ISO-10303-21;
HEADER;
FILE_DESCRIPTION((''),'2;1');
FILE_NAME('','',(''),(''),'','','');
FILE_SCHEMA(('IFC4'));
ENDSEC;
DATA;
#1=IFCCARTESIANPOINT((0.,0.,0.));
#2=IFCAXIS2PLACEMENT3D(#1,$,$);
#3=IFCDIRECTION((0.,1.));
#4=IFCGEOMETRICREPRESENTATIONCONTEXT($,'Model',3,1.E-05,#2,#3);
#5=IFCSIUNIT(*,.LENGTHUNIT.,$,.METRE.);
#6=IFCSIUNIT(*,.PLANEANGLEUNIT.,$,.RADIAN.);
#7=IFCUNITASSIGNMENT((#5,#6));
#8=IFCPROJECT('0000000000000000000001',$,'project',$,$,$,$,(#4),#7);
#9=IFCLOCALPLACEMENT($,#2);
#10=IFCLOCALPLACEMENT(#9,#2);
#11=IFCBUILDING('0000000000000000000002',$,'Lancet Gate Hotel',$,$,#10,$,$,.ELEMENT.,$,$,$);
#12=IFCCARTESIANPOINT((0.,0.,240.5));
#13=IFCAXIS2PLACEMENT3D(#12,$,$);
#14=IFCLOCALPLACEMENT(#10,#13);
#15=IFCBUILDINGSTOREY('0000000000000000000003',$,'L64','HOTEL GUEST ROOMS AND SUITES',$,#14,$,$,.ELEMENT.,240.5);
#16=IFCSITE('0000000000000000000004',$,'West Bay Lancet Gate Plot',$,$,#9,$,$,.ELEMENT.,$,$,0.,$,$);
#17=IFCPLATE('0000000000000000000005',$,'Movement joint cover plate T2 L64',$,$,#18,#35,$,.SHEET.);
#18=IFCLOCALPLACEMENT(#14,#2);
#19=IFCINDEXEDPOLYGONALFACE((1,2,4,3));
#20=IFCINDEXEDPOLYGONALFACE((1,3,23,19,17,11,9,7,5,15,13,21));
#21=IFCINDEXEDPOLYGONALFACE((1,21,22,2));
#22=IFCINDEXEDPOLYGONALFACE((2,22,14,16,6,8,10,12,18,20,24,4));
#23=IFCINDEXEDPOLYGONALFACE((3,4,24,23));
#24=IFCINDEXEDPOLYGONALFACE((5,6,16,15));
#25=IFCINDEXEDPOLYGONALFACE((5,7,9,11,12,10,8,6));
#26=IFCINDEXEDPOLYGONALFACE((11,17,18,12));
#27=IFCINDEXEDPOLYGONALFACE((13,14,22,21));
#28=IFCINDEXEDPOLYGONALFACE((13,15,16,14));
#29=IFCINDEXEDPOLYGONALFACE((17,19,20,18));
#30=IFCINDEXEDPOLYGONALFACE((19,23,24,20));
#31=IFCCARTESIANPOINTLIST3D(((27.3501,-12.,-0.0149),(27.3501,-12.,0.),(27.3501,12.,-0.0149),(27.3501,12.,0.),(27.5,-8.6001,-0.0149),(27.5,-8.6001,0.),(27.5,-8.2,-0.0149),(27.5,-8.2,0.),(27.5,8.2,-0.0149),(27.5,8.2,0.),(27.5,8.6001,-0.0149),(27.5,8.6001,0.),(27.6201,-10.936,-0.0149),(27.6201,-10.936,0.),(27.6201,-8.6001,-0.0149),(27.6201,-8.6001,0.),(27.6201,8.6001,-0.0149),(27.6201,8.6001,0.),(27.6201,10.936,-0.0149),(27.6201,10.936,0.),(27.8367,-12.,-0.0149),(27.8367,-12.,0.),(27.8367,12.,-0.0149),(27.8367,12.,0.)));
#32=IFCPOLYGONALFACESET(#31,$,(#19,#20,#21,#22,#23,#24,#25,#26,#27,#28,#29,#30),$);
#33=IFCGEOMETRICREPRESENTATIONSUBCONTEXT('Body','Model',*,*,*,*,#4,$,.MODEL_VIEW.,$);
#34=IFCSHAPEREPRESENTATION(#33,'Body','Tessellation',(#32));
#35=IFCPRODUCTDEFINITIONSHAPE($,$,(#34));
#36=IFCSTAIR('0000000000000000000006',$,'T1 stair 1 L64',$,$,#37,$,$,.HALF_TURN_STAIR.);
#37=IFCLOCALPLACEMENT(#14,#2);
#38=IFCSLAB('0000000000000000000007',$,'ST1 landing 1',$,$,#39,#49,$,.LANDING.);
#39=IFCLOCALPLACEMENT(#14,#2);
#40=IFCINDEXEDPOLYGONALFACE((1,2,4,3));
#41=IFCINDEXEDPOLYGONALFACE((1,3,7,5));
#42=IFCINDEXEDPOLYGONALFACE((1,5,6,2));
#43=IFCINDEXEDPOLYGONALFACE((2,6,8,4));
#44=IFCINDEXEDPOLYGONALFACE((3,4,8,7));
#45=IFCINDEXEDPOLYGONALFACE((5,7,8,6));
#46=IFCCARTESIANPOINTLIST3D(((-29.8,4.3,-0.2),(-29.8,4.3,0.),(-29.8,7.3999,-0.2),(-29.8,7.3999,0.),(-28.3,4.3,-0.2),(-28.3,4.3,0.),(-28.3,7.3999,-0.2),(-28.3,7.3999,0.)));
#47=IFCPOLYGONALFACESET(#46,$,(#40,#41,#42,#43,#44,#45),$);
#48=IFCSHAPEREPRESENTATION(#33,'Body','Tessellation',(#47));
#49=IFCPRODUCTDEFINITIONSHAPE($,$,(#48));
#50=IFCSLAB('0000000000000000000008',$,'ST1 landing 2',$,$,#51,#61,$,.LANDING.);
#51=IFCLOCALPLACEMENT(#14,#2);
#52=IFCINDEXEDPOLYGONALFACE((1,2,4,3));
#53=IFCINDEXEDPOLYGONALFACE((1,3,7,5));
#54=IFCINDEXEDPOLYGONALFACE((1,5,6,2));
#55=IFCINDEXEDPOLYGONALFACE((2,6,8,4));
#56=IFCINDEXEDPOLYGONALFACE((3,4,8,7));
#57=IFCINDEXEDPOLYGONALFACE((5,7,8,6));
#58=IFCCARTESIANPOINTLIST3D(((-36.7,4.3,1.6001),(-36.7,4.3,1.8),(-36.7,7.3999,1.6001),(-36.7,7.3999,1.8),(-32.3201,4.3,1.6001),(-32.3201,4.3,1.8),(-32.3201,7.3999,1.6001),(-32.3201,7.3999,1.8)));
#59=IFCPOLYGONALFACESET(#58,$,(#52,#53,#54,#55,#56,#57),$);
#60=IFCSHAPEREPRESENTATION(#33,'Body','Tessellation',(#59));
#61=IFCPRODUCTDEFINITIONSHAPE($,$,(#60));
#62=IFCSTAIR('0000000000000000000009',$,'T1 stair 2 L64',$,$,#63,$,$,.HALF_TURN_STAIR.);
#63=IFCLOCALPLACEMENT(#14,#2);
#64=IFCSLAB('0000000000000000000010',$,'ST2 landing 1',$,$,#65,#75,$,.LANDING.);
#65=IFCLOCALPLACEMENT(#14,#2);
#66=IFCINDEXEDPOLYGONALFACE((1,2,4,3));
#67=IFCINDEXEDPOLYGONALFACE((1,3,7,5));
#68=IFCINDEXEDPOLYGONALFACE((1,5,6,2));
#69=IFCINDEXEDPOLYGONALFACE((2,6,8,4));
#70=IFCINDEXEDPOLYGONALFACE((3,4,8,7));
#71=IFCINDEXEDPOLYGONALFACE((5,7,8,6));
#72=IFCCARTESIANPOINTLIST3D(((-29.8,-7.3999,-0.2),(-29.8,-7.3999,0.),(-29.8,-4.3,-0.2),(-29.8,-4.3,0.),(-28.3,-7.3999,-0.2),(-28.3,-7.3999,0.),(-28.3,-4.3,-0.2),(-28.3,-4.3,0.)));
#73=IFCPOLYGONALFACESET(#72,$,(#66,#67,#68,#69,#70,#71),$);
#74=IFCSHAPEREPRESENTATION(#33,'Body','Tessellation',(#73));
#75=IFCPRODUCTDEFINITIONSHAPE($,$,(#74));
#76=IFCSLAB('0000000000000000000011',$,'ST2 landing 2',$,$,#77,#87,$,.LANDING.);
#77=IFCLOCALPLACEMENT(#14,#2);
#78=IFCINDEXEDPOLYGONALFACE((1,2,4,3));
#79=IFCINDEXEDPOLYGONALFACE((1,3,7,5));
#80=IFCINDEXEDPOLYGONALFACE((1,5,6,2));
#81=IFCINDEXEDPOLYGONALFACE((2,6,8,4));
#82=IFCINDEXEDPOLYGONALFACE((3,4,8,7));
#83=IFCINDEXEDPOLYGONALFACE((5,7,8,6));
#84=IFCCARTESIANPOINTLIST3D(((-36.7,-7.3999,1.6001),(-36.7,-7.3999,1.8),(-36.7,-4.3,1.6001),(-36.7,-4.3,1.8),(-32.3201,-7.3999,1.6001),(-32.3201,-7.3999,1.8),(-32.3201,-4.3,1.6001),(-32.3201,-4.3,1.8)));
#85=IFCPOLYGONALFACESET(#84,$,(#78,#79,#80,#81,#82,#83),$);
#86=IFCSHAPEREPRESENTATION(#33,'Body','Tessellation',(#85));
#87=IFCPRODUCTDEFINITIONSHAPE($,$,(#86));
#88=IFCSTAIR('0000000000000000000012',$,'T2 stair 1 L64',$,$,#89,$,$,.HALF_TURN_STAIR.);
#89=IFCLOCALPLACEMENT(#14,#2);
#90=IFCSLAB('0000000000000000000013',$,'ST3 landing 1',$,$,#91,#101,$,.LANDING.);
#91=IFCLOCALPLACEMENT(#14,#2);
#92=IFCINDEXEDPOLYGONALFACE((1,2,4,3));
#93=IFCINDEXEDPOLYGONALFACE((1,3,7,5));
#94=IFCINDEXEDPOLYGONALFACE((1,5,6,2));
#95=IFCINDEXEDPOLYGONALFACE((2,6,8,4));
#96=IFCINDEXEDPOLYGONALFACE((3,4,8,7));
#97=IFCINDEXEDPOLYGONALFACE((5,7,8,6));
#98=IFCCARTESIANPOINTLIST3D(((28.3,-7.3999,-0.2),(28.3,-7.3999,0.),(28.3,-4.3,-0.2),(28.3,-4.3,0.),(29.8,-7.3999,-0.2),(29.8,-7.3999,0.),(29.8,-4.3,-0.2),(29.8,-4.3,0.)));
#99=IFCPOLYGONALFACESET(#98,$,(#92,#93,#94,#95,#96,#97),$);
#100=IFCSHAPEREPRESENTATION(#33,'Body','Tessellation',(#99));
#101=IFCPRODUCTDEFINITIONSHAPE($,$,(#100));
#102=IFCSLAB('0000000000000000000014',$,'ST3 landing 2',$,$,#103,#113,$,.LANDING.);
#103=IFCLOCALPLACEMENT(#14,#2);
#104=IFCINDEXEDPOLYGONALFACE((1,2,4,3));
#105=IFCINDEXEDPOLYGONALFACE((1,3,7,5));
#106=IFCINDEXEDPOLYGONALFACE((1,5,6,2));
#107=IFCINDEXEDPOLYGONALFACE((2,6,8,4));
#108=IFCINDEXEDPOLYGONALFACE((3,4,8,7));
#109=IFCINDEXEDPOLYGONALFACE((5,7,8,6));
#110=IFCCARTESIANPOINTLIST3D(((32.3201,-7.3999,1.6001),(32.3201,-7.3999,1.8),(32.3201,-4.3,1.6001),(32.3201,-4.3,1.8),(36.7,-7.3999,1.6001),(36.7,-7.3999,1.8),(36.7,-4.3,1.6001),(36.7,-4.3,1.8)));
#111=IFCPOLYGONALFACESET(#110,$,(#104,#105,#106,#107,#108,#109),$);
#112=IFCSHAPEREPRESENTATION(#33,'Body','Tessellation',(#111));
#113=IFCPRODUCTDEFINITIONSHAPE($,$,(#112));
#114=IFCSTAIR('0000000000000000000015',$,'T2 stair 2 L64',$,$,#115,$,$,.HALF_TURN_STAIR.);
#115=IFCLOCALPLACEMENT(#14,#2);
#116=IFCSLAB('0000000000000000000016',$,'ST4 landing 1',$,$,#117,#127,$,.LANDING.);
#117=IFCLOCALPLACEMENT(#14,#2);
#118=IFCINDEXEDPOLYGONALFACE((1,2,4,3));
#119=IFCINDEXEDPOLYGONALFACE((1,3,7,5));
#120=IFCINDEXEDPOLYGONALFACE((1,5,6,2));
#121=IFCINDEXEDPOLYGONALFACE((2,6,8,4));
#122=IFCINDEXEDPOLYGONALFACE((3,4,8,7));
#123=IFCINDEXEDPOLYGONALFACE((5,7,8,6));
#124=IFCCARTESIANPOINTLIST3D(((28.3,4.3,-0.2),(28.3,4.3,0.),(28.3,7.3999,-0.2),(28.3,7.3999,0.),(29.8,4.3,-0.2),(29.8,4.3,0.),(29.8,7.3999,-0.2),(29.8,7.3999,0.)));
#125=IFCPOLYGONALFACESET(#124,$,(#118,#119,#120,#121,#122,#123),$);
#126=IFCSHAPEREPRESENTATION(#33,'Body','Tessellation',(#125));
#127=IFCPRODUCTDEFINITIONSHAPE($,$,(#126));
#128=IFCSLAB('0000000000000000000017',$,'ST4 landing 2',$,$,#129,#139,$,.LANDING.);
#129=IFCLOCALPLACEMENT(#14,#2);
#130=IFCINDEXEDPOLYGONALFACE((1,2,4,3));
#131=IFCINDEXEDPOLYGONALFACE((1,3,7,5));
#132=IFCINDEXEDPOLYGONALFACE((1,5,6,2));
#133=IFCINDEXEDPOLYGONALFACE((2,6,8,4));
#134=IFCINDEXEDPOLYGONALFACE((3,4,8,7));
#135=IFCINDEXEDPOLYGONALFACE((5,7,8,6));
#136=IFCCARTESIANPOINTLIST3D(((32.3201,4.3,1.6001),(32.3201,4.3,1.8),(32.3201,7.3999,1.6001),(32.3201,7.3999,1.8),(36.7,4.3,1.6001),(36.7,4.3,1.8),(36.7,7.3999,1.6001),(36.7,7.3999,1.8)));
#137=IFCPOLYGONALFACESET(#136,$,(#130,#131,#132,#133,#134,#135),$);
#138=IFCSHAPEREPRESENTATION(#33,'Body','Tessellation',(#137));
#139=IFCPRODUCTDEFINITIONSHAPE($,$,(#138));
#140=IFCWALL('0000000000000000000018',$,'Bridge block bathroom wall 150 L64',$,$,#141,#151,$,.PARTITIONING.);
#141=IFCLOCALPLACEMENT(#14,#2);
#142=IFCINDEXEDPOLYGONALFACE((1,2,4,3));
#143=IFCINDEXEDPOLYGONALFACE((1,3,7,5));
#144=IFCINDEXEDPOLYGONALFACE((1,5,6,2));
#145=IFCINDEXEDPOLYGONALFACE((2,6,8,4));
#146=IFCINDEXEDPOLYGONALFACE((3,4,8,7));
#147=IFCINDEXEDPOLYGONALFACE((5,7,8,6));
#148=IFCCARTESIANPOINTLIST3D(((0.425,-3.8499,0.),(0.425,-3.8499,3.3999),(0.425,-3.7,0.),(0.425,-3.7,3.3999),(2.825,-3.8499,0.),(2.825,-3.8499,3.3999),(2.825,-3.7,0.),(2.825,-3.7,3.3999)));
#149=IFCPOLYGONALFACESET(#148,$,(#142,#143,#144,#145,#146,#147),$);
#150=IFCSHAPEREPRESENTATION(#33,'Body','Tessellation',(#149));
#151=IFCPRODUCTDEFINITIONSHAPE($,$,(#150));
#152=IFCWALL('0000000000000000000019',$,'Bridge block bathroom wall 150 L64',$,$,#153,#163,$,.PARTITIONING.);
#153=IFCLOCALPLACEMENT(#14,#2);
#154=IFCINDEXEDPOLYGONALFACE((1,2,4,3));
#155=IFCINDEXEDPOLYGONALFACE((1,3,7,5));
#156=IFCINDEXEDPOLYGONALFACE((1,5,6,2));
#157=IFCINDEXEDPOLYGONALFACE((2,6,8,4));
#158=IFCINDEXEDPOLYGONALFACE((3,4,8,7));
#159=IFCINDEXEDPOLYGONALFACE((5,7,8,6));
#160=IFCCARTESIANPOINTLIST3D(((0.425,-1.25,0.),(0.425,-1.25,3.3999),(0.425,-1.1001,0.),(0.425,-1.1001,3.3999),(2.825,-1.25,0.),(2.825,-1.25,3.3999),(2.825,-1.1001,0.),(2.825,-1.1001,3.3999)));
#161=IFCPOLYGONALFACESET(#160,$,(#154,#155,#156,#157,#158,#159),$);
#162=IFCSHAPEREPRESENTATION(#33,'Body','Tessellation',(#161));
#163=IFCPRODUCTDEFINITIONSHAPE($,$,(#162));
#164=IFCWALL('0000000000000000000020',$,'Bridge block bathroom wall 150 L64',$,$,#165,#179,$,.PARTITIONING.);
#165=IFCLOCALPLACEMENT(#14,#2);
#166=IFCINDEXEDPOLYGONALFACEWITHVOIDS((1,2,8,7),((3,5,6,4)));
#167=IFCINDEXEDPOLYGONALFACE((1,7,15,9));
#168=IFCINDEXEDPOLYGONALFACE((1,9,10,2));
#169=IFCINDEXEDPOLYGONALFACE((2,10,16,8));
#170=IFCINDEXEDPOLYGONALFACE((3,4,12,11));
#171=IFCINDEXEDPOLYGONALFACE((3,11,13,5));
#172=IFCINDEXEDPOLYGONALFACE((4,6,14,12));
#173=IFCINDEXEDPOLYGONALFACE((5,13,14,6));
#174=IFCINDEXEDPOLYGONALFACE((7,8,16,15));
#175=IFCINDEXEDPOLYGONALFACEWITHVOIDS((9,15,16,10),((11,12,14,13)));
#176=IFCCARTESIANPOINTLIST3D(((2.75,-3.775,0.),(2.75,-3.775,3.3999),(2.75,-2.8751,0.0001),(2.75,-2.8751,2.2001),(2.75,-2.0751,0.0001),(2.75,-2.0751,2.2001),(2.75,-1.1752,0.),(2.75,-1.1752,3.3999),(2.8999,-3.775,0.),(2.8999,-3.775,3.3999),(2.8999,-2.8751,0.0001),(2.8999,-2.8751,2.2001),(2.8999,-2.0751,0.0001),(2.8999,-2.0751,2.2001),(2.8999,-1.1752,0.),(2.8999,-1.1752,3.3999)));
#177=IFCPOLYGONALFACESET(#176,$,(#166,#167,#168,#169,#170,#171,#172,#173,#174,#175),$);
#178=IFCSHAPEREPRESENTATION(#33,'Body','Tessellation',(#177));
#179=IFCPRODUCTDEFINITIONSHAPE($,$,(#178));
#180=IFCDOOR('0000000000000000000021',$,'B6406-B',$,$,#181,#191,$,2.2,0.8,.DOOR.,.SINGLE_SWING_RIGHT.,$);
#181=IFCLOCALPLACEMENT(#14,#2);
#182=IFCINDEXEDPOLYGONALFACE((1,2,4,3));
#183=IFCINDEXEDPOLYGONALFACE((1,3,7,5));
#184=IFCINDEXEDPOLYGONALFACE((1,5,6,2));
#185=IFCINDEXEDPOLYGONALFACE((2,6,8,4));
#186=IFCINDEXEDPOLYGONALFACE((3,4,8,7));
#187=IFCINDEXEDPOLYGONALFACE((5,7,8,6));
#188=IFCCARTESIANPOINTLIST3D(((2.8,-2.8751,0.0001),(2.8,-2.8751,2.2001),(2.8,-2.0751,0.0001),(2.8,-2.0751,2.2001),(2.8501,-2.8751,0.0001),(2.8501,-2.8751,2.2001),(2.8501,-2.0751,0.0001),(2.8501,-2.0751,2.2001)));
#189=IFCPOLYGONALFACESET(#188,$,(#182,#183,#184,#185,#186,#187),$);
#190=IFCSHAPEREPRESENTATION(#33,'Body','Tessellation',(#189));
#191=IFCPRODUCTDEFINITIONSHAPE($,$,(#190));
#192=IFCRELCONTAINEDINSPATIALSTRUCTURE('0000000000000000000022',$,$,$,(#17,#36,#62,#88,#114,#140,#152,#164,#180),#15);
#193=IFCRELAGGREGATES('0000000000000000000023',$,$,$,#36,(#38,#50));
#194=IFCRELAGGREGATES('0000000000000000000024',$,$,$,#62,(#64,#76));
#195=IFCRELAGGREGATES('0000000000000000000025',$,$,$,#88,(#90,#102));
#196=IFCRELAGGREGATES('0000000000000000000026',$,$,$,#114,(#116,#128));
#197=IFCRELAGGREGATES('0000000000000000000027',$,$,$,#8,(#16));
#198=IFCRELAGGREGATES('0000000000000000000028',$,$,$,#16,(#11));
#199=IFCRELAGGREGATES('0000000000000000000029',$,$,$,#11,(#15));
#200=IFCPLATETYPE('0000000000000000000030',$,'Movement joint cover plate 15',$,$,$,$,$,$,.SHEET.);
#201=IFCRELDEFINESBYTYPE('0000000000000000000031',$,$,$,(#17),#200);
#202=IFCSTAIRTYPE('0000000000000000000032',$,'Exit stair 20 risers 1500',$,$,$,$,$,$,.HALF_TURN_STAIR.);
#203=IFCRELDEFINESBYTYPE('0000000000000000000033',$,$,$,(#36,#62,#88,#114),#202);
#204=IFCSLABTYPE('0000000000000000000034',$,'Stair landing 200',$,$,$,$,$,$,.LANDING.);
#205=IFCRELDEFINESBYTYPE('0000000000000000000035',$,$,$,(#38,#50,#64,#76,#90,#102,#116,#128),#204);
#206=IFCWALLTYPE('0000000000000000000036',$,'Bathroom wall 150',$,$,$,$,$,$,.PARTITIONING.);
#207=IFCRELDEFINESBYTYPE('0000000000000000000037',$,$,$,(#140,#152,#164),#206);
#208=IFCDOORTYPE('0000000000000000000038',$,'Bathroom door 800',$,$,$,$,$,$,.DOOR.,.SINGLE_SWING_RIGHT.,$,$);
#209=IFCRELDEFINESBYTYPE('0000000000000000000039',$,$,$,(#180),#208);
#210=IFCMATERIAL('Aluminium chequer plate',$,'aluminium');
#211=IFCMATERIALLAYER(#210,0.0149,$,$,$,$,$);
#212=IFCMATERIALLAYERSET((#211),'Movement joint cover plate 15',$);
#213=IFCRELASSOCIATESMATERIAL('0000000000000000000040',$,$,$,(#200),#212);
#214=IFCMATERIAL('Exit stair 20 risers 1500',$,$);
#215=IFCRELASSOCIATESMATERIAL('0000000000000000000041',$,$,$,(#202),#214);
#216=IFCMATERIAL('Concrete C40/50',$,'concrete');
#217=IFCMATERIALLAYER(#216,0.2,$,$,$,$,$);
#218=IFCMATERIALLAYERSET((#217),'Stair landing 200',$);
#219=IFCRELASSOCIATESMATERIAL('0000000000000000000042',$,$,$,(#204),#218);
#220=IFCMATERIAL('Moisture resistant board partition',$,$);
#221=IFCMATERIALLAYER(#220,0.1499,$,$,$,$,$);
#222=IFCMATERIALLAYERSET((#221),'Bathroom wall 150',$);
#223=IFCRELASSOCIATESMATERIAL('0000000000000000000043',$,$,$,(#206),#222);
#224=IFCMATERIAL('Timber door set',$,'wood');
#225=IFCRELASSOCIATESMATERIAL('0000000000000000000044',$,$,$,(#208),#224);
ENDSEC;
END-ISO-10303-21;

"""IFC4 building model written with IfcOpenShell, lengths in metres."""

from ifc_helpers import new_model, si_unit, direction, frame, frame_2d, origin, place, context, subcontext, project, spatial, polyline, rectangle, outline, extrude, material, layer, layer_set, type_object, element, fill, aggregate, save


model = new_model("IFC4")

# Units and contexts
model_context = context("Model", 3, precision=1e-05, world=origin(), true_north=direction((0.0, 1.0)))
body_context = subcontext(model_context, "Body", "Model", "MODEL_VIEW")
ifc_project = project(units=[si_unit("LENGTHUNIT", "METRE"), si_unit("PLANEANGLEUNIT", "RADIAN")], contexts=[model_context])

# Site, building, storey
site_placement = place(None, origin())
site = spatial("IfcSite", under=ifc_project, at=site_placement, Name="West Bay Lancet Gate Plot", CompositionType="ELEMENT", RefElevation=0.0)
building_placement = place(site_placement, origin())
building = spatial("IfcBuilding", under=site, at=building_placement, Name="Lancet Gate Hotel", CompositionType="ELEMENT")
storey_placement = place(building_placement, frame((0.0, 0.0, 240.5)))
storey = spatial("IfcBuildingStorey", under=building, at=storey_placement, Name="L64", Description="HOTEL GUEST ROOMS AND SUITES", CompositionType="ELEMENT", Elevation=240.5)

# Plate
ifc_material_1 = material(Name="Aluminium chequer plate", Category="aluminium")
ifc_layer_1 = layer(ifc_material_1, 0.0149)
ifc_layer_set_1 = layer_set([ifc_layer_1], Name="Movement joint cover plate 15")
plate_type_1 = type_object("IfcPlateType", Name="Movement joint cover plate 15", PredefinedType="SHEET", material=ifc_layer_set_1)
plate_1_placement = place(storey_placement, frame((0.0, 0.0, -0.0149)))
element("IfcPlate", 1, at=plate_1_placement, inside=storey, type_object=plate_type_1, Name="Movement joint cover plate T2 L64", PredefinedType="SHEET", context=body_context, shape_type="SweptSolid", body=[
    extrude(outline(polyline([(27.3501, -12.0), (27.8367, -12.0), (27.6201, -10.936), (27.6201, -8.6001), (27.5, -8.6001), (27.5, -8.2), (27.5, 8.2), (27.5, 8.6001), (27.6201, 8.6001), (27.6201, 10.936), (27.8367, 12.0), (27.3501, 12.0), (27.3501, -12.0)])), origin(), (0.0, 0.0, 1.0), 0.0149),
])

# Stairs, slabs
ifc_material_2 = material(Name="Exit stair 20 risers 1500")
stair_type = type_object("IfcStairType", Name="Exit stair 20 risers 1500", PredefinedType="HALF_TURN_STAIR", material=ifc_material_2)
stair_1_placement = place(storey_placement, origin())
stair_1 = element("IfcStair", 2, at=stair_1_placement, inside=storey, type_object=stair_type, Name="T1 stair 1 L64", PredefinedType="HALF_TURN_STAIR")
ifc_material_3 = material(Name="Concrete C40/50", Category="concrete")
ifc_layer_2 = layer(ifc_material_3, 0.2)
ifc_layer_set_2 = layer_set([ifc_layer_2], Name="Stair landing 200")
slab_type = type_object("IfcSlabType", Name="Stair landing 200", PredefinedType="LANDING", material=ifc_layer_set_2)
slab_1_placement = place(storey_placement, frame((0.0, 0.0, -0.2)))
slab_1 = element("IfcSlab", 3, at=slab_1_placement, type_object=slab_type, Name="ST1 landing 1", PredefinedType="LANDING", context=body_context, shape_type="SweptSolid", body=[
    extrude(outline(polyline([(-28.3, 7.3999), (-29.8, 7.3999), (-29.8, 4.3), (-28.3, 4.3), (-28.3, 7.3999)])), origin(), (0.0, 0.0, 1.0), 0.2),
])
slab_2_placement = place(storey_placement, frame((0.0, 0.0, 1.6001)))
slab_2 = element("IfcSlab", 4, at=slab_2_placement, type_object=slab_type, Name="ST1 landing 2", PredefinedType="LANDING", context=body_context, shape_type="SweptSolid", body=[
    extrude(outline(polyline([(-32.3201, 7.3999), (-36.7, 7.3999), (-36.7, 4.3), (-32.3201, 4.3), (-32.3201, 7.3999)])), origin(), (0.0, 0.0, 1.0), 0.2),
])
aggregate(stair_1, [slab_1, slab_2])
stair_2_placement = place(storey_placement, origin())
stair_2 = element("IfcStair", 5, at=stair_2_placement, inside=storey, type_object=stair_type, Name="T1 stair 2 L64", PredefinedType="HALF_TURN_STAIR")
slab_3_placement = place(storey_placement, frame((0.0, 0.0, -0.2)))
slab_3 = element("IfcSlab", 6, at=slab_3_placement, type_object=slab_type, Name="ST2 landing 1", PredefinedType="LANDING", context=body_context, shape_type="SweptSolid", body=[
    extrude(outline(polyline([(-28.3, -4.3), (-29.8, -4.3), (-29.8, -7.3999), (-28.3, -7.3999), (-28.3, -4.3)])), origin(), (0.0, 0.0, 1.0), 0.2),
])
slab_4_placement = place(storey_placement, frame((0.0, 0.0, 1.6001)))
slab_4 = element("IfcSlab", 7, at=slab_4_placement, type_object=slab_type, Name="ST2 landing 2", PredefinedType="LANDING", context=body_context, shape_type="SweptSolid", body=[
    extrude(outline(polyline([(-32.3201, -4.3), (-36.7, -4.3), (-36.7, -7.3999), (-32.3201, -7.3999), (-32.3201, -4.3)])), origin(), (0.0, 0.0, 1.0), 0.2),
])
aggregate(stair_2, [slab_3, slab_4])
stair_3_placement = place(storey_placement, origin())
stair_3 = element("IfcStair", 8, at=stair_3_placement, inside=storey, type_object=stair_type, Name="T2 stair 1 L64", PredefinedType="HALF_TURN_STAIR")
slab_5_placement = place(storey_placement, frame((0.0, 0.0, -0.2)))
slab_5 = element("IfcSlab", 9, at=slab_5_placement, type_object=slab_type, Name="ST3 landing 1", PredefinedType="LANDING", context=body_context, shape_type="SweptSolid", body=[
    extrude(outline(polyline([(28.3, -7.3999), (29.8, -7.3999), (29.8, -4.3), (28.3, -4.3), (28.3, -7.3999)])), origin(), (0.0, 0.0, 1.0), 0.2),
])
slab_6_placement = place(storey_placement, frame((0.0, 0.0, 1.6001)))
slab_6 = element("IfcSlab", 10, at=slab_6_placement, type_object=slab_type, Name="ST3 landing 2", PredefinedType="LANDING", context=body_context, shape_type="SweptSolid", body=[
    extrude(outline(polyline([(32.3201, -7.3999), (36.7, -7.3999), (36.7, -4.3), (32.3201, -4.3), (32.3201, -7.3999)])), origin(), (0.0, 0.0, 1.0), 0.2),
])
aggregate(stair_3, [slab_5, slab_6])
stair_4_placement = place(storey_placement, origin())
stair_4 = element("IfcStair", 11, at=stair_4_placement, inside=storey, type_object=stair_type, Name="T2 stair 2 L64", PredefinedType="HALF_TURN_STAIR")
slab_7_placement = place(storey_placement, frame((0.0, 0.0, -0.2)))
slab_7 = element("IfcSlab", 12, at=slab_7_placement, type_object=slab_type, Name="ST4 landing 1", PredefinedType="LANDING", context=body_context, shape_type="SweptSolid", body=[
    extrude(outline(polyline([(28.3, 4.3), (29.8, 4.3), (29.8, 7.3999), (28.3, 7.3999), (28.3, 4.3)])), origin(), (0.0, 0.0, 1.0), 0.2),
])
slab_8_placement = place(storey_placement, frame((0.0, 0.0, 1.6001)))
slab_8 = element("IfcSlab", 13, at=slab_8_placement, type_object=slab_type, Name="ST4 landing 2", PredefinedType="LANDING", context=body_context, shape_type="SweptSolid", body=[
    extrude(outline(polyline([(32.3201, 4.3), (36.7, 4.3), (36.7, 7.3999), (32.3201, 7.3999), (32.3201, 4.3)])), origin(), (0.0, 0.0, 1.0), 0.2),
])
aggregate(stair_4, [slab_7, slab_8])

# Walls
ifc_material_4 = material(Name="Moisture resistant board partition")
ifc_layer_3 = layer(ifc_material_4, 0.1499)
ifc_layer_set_3 = layer_set([ifc_layer_3], Name="Bathroom wall 150")
wall_type_1 = type_object("IfcWallType", Name="Bathroom wall 150", PredefinedType="PARTITIONING", material=ifc_layer_set_3)
for number, where, z_axis, x_axis, name in (
    (14, (0.425, -3.7749, 0.0), (0.0, 0.0, 1.0), (1.0, 0.0, 0.0), "Bridge block bathroom wall 150 L64"),
    (15, (0.425, -1.175, 0.0), (0.0, 0.0, 1.0), (1.0, 0.0, 0.0), "Bridge block bathroom wall 150 L64"),
):
    element("IfcWall", number, at=place(storey_placement, frame(where, z_axis=z_axis, x_axis=x_axis)), inside=storey, type_object=wall_type_1, Name=name, PredefinedType="PARTITIONING", context=body_context, shape_type="SweptSolid", body=[
        extrude(rectangle(XDim=2.3999, YDim=0.1499, at=frame_2d((1.2, 0.0))), origin(), (0.0, 0.0, 1.0), 3.3999),
    ])

# Wall, opening, door
wall_1_placement = place(storey_placement, frame((2.825, -3.7749, 0.0), z_axis=(0.0, 0.0, 1.0), x_axis=(0.0, 1.0, 0.0)))
wall_1 = element("IfcWall", 16, at=wall_1_placement, inside=storey, type_object=wall_type_1, Name="Bridge block bathroom wall 150 L64", PredefinedType="PARTITIONING", context=body_context, shape_type="SweptSolid", body=[
    extrude(rectangle(XDim=2.5999, YDim=0.1499, at=frame_2d((1.2998, 0.0))), origin(), (0.0, 0.0, 1.0), 3.3999),
])
opening_placement = place(wall_1_placement, frame((0.8999, 0.0, 0.0)))
opening = element("IfcOpeningElement", 17, at=opening_placement, cuts=wall_1, PredefinedType="OPENING", context=body_context, shape_type="SweptSolid", body=[
    extrude(rectangle(XDim=0.8, YDim=2.2, at=frame_2d((0.3999, 1.1001))), frame((0.0, 0.085, 0.0), z_axis=(0.0, -1.0, 0.0), x_axis=(1.0, 0.0, 0.0)), (0.0, 0.0, 1.0), 0.1699),
])
ifc_material_5 = material(Name="Timber door set", Category="wood")
door_type = type_object("IfcDoorType", Name="Bathroom door 800", OperationType="SINGLE_SWING_RIGHT", PredefinedType="DOOR", material=ifc_material_5)
door_placement = place(opening_placement, origin())
door = element("IfcDoor", 18, at=door_placement, inside=storey, type_object=door_type, Name="B6406-B", OperationType="SINGLE_SWING_RIGHT", OverallHeight=2.2, OverallWidth=0.8, PredefinedType="DOOR", context=body_context, shape_type="SweptSolid", body=[
    extrude(rectangle(XDim=0.8, YDim=2.2, at=frame_2d((0.3999, 1.1001))), frame((0.0, 0.0249, 0.0), z_axis=(0.0, -1.0, 0.0), x_axis=(1.0, 0.0, 0.0)), (0.0, 0.0, 1.0), 0.05),
])
fill(opening, door)

save(model, "model.ifc")
